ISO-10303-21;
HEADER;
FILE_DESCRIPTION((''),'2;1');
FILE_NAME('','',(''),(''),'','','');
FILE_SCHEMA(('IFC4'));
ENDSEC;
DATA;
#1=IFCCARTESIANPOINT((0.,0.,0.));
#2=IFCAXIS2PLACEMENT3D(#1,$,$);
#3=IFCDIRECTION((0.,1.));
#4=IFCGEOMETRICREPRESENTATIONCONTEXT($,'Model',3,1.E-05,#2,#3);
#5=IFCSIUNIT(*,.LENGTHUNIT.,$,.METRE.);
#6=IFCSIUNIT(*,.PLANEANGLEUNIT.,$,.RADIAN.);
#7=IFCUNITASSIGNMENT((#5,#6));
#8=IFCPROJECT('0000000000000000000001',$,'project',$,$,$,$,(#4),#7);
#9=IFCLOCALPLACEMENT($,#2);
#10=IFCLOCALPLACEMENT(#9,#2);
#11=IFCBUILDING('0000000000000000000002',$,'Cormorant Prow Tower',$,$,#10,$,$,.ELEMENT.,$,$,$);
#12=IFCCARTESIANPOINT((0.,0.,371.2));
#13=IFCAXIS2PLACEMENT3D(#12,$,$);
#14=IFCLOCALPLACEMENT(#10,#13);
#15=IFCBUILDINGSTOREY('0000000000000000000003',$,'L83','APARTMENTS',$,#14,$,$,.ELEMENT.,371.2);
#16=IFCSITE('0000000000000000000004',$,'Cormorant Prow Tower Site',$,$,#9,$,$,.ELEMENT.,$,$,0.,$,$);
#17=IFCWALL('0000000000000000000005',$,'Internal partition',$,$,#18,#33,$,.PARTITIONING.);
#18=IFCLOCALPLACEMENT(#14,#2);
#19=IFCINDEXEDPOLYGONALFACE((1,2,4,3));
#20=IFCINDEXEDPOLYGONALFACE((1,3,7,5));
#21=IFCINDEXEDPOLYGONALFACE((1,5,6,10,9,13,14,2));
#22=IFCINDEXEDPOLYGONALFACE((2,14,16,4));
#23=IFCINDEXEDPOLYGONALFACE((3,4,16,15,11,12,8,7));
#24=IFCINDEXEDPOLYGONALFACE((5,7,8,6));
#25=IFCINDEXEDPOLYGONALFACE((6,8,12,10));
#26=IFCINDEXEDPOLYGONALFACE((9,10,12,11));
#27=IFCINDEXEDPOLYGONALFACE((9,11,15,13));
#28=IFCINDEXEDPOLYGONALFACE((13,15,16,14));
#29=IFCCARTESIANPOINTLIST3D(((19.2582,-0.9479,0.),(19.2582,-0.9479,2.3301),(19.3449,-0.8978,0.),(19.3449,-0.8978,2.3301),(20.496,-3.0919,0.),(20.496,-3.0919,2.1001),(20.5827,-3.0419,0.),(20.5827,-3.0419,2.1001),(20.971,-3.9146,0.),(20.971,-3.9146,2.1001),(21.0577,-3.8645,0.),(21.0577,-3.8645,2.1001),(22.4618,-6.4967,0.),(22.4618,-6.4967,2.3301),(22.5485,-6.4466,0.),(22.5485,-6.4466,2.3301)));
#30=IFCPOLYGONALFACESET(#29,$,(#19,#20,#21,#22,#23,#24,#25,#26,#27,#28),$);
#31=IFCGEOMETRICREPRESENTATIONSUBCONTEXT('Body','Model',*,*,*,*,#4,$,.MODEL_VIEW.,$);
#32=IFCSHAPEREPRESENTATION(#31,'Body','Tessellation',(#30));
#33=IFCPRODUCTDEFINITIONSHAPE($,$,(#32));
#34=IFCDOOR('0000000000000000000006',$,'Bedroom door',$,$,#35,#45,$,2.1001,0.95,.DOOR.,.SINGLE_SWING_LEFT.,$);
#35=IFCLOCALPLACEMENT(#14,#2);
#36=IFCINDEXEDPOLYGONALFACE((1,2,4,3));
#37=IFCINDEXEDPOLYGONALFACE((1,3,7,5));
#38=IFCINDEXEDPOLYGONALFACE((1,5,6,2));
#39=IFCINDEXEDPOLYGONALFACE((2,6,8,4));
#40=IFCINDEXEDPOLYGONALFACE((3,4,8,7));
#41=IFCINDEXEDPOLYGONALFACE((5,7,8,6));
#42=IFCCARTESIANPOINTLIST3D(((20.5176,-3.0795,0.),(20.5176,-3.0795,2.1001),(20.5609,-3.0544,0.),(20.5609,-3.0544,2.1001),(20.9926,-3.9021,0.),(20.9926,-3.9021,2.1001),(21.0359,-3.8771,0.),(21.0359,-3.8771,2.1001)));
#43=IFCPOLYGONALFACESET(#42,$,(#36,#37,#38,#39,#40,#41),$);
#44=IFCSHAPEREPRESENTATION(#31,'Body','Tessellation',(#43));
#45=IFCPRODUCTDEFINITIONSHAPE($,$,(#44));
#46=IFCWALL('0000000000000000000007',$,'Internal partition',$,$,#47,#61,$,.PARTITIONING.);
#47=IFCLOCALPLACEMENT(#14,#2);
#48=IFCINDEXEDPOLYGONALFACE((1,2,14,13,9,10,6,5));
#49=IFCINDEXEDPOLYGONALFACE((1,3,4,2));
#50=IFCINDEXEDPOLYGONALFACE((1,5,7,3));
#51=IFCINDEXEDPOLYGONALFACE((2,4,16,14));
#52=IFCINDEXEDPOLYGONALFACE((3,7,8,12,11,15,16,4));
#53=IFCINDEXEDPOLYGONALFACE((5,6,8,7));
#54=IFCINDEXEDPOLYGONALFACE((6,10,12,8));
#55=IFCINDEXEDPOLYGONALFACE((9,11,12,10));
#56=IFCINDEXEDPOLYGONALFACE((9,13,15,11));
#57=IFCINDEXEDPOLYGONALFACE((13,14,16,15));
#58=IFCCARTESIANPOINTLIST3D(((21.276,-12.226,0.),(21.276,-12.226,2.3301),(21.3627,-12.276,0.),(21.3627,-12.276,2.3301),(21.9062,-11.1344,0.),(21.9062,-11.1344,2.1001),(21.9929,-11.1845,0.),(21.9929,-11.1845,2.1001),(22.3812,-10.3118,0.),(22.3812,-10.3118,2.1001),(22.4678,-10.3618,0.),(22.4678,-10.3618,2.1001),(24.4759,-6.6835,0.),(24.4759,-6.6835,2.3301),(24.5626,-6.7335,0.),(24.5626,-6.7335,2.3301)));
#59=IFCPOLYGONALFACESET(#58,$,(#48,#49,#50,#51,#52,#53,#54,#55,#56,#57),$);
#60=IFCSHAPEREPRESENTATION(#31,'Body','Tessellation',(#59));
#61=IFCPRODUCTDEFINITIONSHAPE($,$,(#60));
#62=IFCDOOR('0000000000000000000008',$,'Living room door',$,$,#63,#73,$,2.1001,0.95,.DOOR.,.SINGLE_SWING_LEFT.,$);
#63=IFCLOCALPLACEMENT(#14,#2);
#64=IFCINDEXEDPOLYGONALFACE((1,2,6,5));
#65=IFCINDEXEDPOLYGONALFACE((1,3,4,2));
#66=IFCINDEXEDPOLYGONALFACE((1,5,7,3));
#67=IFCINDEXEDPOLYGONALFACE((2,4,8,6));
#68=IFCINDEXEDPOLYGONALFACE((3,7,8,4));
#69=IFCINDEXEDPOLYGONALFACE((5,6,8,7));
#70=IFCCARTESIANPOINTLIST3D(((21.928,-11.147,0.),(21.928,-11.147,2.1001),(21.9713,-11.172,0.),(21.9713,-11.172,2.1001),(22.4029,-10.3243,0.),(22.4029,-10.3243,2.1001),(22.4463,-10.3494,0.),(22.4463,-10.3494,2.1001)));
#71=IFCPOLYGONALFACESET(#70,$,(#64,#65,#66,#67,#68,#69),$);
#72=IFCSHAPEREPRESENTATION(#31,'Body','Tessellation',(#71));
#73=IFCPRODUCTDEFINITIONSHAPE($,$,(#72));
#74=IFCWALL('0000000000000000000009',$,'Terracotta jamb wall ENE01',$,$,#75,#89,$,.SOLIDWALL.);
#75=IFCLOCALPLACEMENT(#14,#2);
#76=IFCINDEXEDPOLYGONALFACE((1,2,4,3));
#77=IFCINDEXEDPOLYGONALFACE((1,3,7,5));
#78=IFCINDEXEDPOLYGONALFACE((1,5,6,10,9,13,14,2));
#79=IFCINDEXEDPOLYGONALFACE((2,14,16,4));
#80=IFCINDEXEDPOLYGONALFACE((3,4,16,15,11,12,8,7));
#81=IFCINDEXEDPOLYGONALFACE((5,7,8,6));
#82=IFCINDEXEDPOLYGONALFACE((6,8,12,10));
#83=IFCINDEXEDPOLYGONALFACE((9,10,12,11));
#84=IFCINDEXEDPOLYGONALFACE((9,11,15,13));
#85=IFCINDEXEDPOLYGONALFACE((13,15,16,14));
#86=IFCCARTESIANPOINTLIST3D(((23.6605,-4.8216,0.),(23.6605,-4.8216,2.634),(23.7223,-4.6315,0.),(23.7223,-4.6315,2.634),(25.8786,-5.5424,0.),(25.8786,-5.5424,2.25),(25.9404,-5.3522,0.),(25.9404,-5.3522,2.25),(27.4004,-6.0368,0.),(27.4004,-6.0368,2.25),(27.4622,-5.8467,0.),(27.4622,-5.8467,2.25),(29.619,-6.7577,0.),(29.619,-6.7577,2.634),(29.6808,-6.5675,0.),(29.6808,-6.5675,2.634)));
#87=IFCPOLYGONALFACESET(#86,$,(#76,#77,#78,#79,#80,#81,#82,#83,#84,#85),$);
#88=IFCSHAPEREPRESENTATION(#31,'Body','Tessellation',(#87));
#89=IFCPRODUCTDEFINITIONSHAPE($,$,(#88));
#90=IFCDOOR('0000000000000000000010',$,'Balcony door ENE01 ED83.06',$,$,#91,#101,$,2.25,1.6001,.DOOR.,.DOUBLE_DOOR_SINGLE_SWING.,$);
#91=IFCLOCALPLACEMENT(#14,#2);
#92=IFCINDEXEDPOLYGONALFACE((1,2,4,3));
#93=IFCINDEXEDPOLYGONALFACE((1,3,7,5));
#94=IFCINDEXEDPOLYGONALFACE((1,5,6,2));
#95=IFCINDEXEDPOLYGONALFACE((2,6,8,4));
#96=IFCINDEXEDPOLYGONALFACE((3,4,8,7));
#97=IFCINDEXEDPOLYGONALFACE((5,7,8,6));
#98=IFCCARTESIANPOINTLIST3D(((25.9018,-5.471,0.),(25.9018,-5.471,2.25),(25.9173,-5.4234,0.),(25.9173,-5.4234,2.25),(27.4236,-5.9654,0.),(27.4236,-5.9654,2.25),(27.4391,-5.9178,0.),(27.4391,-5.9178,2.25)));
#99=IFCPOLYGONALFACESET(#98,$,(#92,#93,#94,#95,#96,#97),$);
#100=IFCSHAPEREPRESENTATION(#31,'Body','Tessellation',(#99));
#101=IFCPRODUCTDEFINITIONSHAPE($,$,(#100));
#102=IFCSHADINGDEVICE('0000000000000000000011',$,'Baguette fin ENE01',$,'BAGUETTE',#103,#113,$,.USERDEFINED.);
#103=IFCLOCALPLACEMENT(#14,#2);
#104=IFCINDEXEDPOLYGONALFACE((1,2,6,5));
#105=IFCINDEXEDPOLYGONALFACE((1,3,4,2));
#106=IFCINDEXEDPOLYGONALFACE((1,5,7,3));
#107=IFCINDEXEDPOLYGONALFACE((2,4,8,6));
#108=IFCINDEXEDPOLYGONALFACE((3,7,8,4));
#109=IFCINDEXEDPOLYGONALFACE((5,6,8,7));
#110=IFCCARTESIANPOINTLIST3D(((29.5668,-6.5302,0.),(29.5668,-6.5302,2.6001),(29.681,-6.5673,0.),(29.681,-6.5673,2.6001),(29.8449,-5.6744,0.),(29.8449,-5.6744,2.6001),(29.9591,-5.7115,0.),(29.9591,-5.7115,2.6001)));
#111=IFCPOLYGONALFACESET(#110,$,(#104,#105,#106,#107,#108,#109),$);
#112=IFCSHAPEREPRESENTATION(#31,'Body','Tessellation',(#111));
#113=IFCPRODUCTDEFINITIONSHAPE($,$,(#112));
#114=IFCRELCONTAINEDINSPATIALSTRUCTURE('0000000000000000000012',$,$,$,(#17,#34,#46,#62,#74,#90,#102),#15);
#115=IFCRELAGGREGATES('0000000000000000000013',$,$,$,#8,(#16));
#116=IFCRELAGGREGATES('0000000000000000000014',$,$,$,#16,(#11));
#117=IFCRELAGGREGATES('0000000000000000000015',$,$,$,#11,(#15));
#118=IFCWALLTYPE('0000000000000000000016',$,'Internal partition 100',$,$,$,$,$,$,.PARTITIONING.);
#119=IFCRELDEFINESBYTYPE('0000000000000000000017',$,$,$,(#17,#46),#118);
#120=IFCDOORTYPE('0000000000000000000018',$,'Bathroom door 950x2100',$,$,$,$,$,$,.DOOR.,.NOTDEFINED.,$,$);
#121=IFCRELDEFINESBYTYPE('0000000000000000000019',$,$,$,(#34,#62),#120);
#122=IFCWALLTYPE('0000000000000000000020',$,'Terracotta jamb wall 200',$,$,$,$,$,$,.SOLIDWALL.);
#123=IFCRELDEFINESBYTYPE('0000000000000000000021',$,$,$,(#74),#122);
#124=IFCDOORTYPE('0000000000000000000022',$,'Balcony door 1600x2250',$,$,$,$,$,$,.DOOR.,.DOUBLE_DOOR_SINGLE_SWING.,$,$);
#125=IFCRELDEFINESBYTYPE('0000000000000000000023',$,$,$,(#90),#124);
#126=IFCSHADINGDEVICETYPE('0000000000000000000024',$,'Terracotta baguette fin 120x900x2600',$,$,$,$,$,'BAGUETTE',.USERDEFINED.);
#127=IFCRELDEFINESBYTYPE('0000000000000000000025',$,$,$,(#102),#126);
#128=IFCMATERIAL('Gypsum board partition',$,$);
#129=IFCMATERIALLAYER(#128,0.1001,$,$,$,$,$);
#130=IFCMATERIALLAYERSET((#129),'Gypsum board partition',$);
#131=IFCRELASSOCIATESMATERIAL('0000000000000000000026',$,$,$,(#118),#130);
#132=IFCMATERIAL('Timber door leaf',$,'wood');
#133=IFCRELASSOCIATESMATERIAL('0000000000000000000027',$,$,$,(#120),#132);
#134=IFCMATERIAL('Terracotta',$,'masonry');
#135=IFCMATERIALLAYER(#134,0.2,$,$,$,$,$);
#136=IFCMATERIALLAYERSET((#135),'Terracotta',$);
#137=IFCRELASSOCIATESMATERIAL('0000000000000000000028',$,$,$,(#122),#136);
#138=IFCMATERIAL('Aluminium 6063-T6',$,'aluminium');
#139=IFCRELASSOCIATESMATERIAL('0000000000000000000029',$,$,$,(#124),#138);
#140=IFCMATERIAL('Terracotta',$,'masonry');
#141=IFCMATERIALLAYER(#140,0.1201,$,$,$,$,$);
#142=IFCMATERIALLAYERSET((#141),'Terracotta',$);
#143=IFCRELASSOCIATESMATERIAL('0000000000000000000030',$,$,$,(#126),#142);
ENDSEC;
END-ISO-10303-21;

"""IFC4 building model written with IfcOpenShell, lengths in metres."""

from ifc_helpers import new_model, si_unit, direction, frame, frame_2d, origin, origin_2d, place, context, subcontext, project, spatial, rectangle, extrude, material, layer, layer_set, type_object, element, fill, save


model = new_model("IFC4")

# Units and contexts
model_context = context("Model", 3, precision=1e-05, world=origin(), true_north=direction((0.0, 1.0)))
body_context = subcontext(model_context, "Body", "Model", "MODEL_VIEW")
ifc_project = project(units=[si_unit("LENGTHUNIT", "METRE"), si_unit("PLANEANGLEUNIT", "RADIAN")], contexts=[model_context])

# Site, building, storey
site_placement = place(None, origin())
site = spatial("IfcSite", under=ifc_project, at=site_placement, Name="Cormorant Prow Tower Site", CompositionType="ELEMENT", RefElevation=0.0)
building_placement = place(site_placement, origin())
building = spatial("IfcBuilding", under=site, at=building_placement, Name="Cormorant Prow Tower", CompositionType="ELEMENT")
storey_placement = place(building_placement, frame((0.0, 0.0, 371.2)))
storey = spatial("IfcBuildingStorey", under=building, at=storey_placement, Name="L83", Description="APARTMENTS", CompositionType="ELEMENT", Elevation=371.2)

# Walls, openings, doors
ifc_material_1 = material(Name="Gypsum board partition")
ifc_layer_1 = layer(ifc_material_1, 0.1001)
ifc_layer_set_1 = layer_set([ifc_layer_1], Name="Gypsum board partition")
wall_type_1 = type_object("IfcWallType", Name="Internal partition 100", PredefinedType="PARTITIONING", material=ifc_layer_set_1)
ifc_material_2 = material(Name="Timber door leaf", Category="wood")
door_type_1 = type_object("IfcDoorType", Name="Bathroom door 950x2100", OperationType="NOTDEFINED", PredefinedType="DOOR", material=ifc_material_2)
wall_1_placement = place(storey_placement, frame((19.3015, -0.9229, 0.0), z_axis=(0.0, 0.0, 1.0), x_axis=(0.5, -0.866026, 0.0)))
wall_1 = element("IfcWall", 1, at=wall_1_placement, inside=storey, type_object=wall_type_1, Name="Internal partition", PredefinedType="PARTITIONING", context=body_context, shape_type="SweptSolid", body=[
    extrude(rectangle(XDim=6.4072, YDim=0.1001, at=frame_2d((3.2036, 0.0))), origin(), (0.0, 0.0, 1.0), 2.3301),
])
opening_1_placement = place(wall_1_placement, frame((2.4756, 0.0, 0.0)))
opening_1 = element("IfcOpeningElement", 2, at=opening_1_placement, cuts=wall_1, PredefinedType="OPENING", context=body_context, shape_type="SweptSolid", body=[
    extrude(rectangle(XDim=0.95, YDim=2.1001, at=frame_2d((0.4751, 1.05))), frame((0.0, 0.0601, 0.0), z_axis=(0.0, -1.0, 0.0), x_axis=(1.0, 0.0, 0.0)), (0.0, 0.0, 1.0), 0.1201),
])
door_1_placement = place(opening_1_placement, origin())
door_1 = element("IfcDoor", 3, at=door_1_placement, inside=storey, type_object=door_type_1, Name="Bedroom door", OperationType="SINGLE_SWING_LEFT", OverallHeight=2.1001, OverallWidth=0.95, PredefinedType="DOOR", context=body_context, shape_type="SweptSolid", body=[
    extrude(rectangle(XDim=0.95, YDim=2.1001, at=frame_2d((0.4751, 1.05))), frame((0.0, 0.0249, 0.0), z_axis=(0.0, -1.0, 0.0), x_axis=(1.0, 0.0, 0.0)), (0.0, 0.0, 1.0), 0.05),
])
fill(opening_1, door_1)
wall_2_placement = place(storey_placement, frame((21.3193, -12.251, 0.0), z_axis=(0.0, 0.0, 1.0), x_axis=(0.5, 0.866025, 0.0)))
wall_2 = element("IfcWall", 4, at=wall_2_placement, inside=storey, type_object=wall_type_1, Name="Internal partition", PredefinedType="PARTITIONING", context=body_context, shape_type="SweptSolid", body=[
    extrude(rectangle(XDim=6.3999, YDim=0.1001, at=frame_2d((3.2, 0.0))), origin(), (0.0, 0.0, 1.0), 2.3301),
])
opening_2_placement = place(wall_2_placement, frame((1.2603, 0.0, 0.0)))
opening_2 = element("IfcOpeningElement", 5, at=opening_2_placement, cuts=wall_2, PredefinedType="OPENING", context=body_context, shape_type="SweptSolid", body=[
    extrude(rectangle(XDim=0.95, YDim=2.1001, at=frame_2d((0.4751, 1.05))), frame((0.0, 0.0601, 0.0), z_axis=(0.0, -1.0, 0.0), x_axis=(1.0, 0.0, 0.0)), (0.0, 0.0, 1.0), 0.1201),
])
door_2_placement = place(opening_2_placement, origin())
door_2 = element("IfcDoor", 6, at=door_2_placement, inside=storey, type_object=door_type_1, Name="Living room door", OperationType="SINGLE_SWING_LEFT", OverallHeight=2.1001, OverallWidth=0.95, PredefinedType="DOOR", context=body_context, shape_type="SweptSolid", body=[
    extrude(rectangle(XDim=0.95, YDim=2.1001, at=frame_2d((0.4751, 1.05))), frame((0.0, 0.0249, 0.0), z_axis=(0.0, -1.0, 0.0), x_axis=(1.0, 0.0, 0.0)), (0.0, 0.0, 1.0), 0.05),
])
fill(opening_2, door_2)
ifc_material_3 = material(Name="Terracotta", Category="masonry")
ifc_layer_2 = layer(ifc_material_3, 0.2)
ifc_layer_set_2 = layer_set([ifc_layer_2], Name="Terracotta")
wall_type_2 = type_object("IfcWallType", Name="Terracotta jamb wall 200", PredefinedType="SOLIDWALL", material=ifc_layer_set_2)
wall_3_placement = place(storey_placement, frame((29.6499, -6.6626, 0.0), z_axis=(0.0, 0.0, 1.0), x_axis=(-0.951056, 0.309017, 0.0)))
wall_3 = element("IfcWall", 7, at=wall_3_placement, inside=storey, type_object=wall_type_2, Name="Terracotta jamb wall ENE01", PredefinedType="SOLIDWALL", context=body_context, shape_type="SweptSolid", body=[
    extrude(rectangle(XDim=6.2651, YDim=0.2, at=frame_2d((3.1326, 0.0))), origin(), (0.0, 0.0, 1.0), 2.634),
])
opening_3_placement = place(wall_3_placement, frame((2.3328, 0.0, 0.0)))
opening_3 = element("IfcOpeningElement", 8, at=opening_3_placement, cuts=wall_3, PredefinedType="OPENING", context=body_context, shape_type="SweptSolid", body=[
    extrude(rectangle(XDim=1.6001, YDim=2.25, at=frame_2d((0.8, 1.125))), frame((0.0, 0.1099, 0.0), z_axis=(0.0, -1.0, 0.0), x_axis=(1.0, 0.0, 0.0)), (0.0, 0.0, 1.0), 0.22),
])
ifc_material_4 = material(Name="Aluminium 6063-T6", Category="aluminium")
door_type_2 = type_object("IfcDoorType", Name="Balcony door 1600x2250", OperationType="DOUBLE_DOOR_SINGLE_SWING", PredefinedType="DOOR", material=ifc_material_4)
door_3_placement = place(opening_3_placement, origin())
door_3 = element("IfcDoor", 9, at=door_3_placement, inside=storey, type_object=door_type_2, Name="Balcony door ENE01 ED83.06", OperationType="DOUBLE_DOOR_SINGLE_SWING", OverallHeight=2.25, OverallWidth=1.6001, PredefinedType="DOOR", context=body_context, shape_type="SweptSolid", body=[
    extrude(rectangle(XDim=1.6001, YDim=2.25, at=frame_2d((0.8, 1.125))), frame((0.0, 0.0249, 0.0), z_axis=(0.0, -1.0, 0.0), x_axis=(1.0, 0.0, 0.0)), (0.0, 0.0, 1.0), 0.05),
])
fill(opening_3, door_3)

# Shading device
ifc_material_5 = material(Name="Terracotta", Category="masonry")
ifc_layer_3 = layer(ifc_material_5, 0.1201)
ifc_layer_set_3 = layer_set([ifc_layer_3], Name="Terracotta")
shading_device_type = type_object("IfcShadingDeviceType", Name="Terracotta baguette fin 120x900x2600", ElementType="BAGUETTE", PredefinedType="USERDEFINED", material=ifc_layer_set_3)
shading_device_placement = place(storey_placement, frame((29.7629, -6.1208, 0.0), z_axis=(0.0, 0.0, 1.0), x_axis=(-0.951056, 0.309017, 0.0)))
element("IfcShadingDevice", 10, at=shading_device_placement, inside=storey, type_object=shading_device_type, Name="Baguette fin ENE01", ObjectType="BAGUETTE", PredefinedType="USERDEFINED", context=body_context, shape_type="SweptSolid", body=[
    extrude(rectangle(XDim=0.1201, YDim=0.8999, at=origin_2d()), origin(), (0.0, 0.0, 1.0), 2.6001),
])

save(model, "model.ifc")
